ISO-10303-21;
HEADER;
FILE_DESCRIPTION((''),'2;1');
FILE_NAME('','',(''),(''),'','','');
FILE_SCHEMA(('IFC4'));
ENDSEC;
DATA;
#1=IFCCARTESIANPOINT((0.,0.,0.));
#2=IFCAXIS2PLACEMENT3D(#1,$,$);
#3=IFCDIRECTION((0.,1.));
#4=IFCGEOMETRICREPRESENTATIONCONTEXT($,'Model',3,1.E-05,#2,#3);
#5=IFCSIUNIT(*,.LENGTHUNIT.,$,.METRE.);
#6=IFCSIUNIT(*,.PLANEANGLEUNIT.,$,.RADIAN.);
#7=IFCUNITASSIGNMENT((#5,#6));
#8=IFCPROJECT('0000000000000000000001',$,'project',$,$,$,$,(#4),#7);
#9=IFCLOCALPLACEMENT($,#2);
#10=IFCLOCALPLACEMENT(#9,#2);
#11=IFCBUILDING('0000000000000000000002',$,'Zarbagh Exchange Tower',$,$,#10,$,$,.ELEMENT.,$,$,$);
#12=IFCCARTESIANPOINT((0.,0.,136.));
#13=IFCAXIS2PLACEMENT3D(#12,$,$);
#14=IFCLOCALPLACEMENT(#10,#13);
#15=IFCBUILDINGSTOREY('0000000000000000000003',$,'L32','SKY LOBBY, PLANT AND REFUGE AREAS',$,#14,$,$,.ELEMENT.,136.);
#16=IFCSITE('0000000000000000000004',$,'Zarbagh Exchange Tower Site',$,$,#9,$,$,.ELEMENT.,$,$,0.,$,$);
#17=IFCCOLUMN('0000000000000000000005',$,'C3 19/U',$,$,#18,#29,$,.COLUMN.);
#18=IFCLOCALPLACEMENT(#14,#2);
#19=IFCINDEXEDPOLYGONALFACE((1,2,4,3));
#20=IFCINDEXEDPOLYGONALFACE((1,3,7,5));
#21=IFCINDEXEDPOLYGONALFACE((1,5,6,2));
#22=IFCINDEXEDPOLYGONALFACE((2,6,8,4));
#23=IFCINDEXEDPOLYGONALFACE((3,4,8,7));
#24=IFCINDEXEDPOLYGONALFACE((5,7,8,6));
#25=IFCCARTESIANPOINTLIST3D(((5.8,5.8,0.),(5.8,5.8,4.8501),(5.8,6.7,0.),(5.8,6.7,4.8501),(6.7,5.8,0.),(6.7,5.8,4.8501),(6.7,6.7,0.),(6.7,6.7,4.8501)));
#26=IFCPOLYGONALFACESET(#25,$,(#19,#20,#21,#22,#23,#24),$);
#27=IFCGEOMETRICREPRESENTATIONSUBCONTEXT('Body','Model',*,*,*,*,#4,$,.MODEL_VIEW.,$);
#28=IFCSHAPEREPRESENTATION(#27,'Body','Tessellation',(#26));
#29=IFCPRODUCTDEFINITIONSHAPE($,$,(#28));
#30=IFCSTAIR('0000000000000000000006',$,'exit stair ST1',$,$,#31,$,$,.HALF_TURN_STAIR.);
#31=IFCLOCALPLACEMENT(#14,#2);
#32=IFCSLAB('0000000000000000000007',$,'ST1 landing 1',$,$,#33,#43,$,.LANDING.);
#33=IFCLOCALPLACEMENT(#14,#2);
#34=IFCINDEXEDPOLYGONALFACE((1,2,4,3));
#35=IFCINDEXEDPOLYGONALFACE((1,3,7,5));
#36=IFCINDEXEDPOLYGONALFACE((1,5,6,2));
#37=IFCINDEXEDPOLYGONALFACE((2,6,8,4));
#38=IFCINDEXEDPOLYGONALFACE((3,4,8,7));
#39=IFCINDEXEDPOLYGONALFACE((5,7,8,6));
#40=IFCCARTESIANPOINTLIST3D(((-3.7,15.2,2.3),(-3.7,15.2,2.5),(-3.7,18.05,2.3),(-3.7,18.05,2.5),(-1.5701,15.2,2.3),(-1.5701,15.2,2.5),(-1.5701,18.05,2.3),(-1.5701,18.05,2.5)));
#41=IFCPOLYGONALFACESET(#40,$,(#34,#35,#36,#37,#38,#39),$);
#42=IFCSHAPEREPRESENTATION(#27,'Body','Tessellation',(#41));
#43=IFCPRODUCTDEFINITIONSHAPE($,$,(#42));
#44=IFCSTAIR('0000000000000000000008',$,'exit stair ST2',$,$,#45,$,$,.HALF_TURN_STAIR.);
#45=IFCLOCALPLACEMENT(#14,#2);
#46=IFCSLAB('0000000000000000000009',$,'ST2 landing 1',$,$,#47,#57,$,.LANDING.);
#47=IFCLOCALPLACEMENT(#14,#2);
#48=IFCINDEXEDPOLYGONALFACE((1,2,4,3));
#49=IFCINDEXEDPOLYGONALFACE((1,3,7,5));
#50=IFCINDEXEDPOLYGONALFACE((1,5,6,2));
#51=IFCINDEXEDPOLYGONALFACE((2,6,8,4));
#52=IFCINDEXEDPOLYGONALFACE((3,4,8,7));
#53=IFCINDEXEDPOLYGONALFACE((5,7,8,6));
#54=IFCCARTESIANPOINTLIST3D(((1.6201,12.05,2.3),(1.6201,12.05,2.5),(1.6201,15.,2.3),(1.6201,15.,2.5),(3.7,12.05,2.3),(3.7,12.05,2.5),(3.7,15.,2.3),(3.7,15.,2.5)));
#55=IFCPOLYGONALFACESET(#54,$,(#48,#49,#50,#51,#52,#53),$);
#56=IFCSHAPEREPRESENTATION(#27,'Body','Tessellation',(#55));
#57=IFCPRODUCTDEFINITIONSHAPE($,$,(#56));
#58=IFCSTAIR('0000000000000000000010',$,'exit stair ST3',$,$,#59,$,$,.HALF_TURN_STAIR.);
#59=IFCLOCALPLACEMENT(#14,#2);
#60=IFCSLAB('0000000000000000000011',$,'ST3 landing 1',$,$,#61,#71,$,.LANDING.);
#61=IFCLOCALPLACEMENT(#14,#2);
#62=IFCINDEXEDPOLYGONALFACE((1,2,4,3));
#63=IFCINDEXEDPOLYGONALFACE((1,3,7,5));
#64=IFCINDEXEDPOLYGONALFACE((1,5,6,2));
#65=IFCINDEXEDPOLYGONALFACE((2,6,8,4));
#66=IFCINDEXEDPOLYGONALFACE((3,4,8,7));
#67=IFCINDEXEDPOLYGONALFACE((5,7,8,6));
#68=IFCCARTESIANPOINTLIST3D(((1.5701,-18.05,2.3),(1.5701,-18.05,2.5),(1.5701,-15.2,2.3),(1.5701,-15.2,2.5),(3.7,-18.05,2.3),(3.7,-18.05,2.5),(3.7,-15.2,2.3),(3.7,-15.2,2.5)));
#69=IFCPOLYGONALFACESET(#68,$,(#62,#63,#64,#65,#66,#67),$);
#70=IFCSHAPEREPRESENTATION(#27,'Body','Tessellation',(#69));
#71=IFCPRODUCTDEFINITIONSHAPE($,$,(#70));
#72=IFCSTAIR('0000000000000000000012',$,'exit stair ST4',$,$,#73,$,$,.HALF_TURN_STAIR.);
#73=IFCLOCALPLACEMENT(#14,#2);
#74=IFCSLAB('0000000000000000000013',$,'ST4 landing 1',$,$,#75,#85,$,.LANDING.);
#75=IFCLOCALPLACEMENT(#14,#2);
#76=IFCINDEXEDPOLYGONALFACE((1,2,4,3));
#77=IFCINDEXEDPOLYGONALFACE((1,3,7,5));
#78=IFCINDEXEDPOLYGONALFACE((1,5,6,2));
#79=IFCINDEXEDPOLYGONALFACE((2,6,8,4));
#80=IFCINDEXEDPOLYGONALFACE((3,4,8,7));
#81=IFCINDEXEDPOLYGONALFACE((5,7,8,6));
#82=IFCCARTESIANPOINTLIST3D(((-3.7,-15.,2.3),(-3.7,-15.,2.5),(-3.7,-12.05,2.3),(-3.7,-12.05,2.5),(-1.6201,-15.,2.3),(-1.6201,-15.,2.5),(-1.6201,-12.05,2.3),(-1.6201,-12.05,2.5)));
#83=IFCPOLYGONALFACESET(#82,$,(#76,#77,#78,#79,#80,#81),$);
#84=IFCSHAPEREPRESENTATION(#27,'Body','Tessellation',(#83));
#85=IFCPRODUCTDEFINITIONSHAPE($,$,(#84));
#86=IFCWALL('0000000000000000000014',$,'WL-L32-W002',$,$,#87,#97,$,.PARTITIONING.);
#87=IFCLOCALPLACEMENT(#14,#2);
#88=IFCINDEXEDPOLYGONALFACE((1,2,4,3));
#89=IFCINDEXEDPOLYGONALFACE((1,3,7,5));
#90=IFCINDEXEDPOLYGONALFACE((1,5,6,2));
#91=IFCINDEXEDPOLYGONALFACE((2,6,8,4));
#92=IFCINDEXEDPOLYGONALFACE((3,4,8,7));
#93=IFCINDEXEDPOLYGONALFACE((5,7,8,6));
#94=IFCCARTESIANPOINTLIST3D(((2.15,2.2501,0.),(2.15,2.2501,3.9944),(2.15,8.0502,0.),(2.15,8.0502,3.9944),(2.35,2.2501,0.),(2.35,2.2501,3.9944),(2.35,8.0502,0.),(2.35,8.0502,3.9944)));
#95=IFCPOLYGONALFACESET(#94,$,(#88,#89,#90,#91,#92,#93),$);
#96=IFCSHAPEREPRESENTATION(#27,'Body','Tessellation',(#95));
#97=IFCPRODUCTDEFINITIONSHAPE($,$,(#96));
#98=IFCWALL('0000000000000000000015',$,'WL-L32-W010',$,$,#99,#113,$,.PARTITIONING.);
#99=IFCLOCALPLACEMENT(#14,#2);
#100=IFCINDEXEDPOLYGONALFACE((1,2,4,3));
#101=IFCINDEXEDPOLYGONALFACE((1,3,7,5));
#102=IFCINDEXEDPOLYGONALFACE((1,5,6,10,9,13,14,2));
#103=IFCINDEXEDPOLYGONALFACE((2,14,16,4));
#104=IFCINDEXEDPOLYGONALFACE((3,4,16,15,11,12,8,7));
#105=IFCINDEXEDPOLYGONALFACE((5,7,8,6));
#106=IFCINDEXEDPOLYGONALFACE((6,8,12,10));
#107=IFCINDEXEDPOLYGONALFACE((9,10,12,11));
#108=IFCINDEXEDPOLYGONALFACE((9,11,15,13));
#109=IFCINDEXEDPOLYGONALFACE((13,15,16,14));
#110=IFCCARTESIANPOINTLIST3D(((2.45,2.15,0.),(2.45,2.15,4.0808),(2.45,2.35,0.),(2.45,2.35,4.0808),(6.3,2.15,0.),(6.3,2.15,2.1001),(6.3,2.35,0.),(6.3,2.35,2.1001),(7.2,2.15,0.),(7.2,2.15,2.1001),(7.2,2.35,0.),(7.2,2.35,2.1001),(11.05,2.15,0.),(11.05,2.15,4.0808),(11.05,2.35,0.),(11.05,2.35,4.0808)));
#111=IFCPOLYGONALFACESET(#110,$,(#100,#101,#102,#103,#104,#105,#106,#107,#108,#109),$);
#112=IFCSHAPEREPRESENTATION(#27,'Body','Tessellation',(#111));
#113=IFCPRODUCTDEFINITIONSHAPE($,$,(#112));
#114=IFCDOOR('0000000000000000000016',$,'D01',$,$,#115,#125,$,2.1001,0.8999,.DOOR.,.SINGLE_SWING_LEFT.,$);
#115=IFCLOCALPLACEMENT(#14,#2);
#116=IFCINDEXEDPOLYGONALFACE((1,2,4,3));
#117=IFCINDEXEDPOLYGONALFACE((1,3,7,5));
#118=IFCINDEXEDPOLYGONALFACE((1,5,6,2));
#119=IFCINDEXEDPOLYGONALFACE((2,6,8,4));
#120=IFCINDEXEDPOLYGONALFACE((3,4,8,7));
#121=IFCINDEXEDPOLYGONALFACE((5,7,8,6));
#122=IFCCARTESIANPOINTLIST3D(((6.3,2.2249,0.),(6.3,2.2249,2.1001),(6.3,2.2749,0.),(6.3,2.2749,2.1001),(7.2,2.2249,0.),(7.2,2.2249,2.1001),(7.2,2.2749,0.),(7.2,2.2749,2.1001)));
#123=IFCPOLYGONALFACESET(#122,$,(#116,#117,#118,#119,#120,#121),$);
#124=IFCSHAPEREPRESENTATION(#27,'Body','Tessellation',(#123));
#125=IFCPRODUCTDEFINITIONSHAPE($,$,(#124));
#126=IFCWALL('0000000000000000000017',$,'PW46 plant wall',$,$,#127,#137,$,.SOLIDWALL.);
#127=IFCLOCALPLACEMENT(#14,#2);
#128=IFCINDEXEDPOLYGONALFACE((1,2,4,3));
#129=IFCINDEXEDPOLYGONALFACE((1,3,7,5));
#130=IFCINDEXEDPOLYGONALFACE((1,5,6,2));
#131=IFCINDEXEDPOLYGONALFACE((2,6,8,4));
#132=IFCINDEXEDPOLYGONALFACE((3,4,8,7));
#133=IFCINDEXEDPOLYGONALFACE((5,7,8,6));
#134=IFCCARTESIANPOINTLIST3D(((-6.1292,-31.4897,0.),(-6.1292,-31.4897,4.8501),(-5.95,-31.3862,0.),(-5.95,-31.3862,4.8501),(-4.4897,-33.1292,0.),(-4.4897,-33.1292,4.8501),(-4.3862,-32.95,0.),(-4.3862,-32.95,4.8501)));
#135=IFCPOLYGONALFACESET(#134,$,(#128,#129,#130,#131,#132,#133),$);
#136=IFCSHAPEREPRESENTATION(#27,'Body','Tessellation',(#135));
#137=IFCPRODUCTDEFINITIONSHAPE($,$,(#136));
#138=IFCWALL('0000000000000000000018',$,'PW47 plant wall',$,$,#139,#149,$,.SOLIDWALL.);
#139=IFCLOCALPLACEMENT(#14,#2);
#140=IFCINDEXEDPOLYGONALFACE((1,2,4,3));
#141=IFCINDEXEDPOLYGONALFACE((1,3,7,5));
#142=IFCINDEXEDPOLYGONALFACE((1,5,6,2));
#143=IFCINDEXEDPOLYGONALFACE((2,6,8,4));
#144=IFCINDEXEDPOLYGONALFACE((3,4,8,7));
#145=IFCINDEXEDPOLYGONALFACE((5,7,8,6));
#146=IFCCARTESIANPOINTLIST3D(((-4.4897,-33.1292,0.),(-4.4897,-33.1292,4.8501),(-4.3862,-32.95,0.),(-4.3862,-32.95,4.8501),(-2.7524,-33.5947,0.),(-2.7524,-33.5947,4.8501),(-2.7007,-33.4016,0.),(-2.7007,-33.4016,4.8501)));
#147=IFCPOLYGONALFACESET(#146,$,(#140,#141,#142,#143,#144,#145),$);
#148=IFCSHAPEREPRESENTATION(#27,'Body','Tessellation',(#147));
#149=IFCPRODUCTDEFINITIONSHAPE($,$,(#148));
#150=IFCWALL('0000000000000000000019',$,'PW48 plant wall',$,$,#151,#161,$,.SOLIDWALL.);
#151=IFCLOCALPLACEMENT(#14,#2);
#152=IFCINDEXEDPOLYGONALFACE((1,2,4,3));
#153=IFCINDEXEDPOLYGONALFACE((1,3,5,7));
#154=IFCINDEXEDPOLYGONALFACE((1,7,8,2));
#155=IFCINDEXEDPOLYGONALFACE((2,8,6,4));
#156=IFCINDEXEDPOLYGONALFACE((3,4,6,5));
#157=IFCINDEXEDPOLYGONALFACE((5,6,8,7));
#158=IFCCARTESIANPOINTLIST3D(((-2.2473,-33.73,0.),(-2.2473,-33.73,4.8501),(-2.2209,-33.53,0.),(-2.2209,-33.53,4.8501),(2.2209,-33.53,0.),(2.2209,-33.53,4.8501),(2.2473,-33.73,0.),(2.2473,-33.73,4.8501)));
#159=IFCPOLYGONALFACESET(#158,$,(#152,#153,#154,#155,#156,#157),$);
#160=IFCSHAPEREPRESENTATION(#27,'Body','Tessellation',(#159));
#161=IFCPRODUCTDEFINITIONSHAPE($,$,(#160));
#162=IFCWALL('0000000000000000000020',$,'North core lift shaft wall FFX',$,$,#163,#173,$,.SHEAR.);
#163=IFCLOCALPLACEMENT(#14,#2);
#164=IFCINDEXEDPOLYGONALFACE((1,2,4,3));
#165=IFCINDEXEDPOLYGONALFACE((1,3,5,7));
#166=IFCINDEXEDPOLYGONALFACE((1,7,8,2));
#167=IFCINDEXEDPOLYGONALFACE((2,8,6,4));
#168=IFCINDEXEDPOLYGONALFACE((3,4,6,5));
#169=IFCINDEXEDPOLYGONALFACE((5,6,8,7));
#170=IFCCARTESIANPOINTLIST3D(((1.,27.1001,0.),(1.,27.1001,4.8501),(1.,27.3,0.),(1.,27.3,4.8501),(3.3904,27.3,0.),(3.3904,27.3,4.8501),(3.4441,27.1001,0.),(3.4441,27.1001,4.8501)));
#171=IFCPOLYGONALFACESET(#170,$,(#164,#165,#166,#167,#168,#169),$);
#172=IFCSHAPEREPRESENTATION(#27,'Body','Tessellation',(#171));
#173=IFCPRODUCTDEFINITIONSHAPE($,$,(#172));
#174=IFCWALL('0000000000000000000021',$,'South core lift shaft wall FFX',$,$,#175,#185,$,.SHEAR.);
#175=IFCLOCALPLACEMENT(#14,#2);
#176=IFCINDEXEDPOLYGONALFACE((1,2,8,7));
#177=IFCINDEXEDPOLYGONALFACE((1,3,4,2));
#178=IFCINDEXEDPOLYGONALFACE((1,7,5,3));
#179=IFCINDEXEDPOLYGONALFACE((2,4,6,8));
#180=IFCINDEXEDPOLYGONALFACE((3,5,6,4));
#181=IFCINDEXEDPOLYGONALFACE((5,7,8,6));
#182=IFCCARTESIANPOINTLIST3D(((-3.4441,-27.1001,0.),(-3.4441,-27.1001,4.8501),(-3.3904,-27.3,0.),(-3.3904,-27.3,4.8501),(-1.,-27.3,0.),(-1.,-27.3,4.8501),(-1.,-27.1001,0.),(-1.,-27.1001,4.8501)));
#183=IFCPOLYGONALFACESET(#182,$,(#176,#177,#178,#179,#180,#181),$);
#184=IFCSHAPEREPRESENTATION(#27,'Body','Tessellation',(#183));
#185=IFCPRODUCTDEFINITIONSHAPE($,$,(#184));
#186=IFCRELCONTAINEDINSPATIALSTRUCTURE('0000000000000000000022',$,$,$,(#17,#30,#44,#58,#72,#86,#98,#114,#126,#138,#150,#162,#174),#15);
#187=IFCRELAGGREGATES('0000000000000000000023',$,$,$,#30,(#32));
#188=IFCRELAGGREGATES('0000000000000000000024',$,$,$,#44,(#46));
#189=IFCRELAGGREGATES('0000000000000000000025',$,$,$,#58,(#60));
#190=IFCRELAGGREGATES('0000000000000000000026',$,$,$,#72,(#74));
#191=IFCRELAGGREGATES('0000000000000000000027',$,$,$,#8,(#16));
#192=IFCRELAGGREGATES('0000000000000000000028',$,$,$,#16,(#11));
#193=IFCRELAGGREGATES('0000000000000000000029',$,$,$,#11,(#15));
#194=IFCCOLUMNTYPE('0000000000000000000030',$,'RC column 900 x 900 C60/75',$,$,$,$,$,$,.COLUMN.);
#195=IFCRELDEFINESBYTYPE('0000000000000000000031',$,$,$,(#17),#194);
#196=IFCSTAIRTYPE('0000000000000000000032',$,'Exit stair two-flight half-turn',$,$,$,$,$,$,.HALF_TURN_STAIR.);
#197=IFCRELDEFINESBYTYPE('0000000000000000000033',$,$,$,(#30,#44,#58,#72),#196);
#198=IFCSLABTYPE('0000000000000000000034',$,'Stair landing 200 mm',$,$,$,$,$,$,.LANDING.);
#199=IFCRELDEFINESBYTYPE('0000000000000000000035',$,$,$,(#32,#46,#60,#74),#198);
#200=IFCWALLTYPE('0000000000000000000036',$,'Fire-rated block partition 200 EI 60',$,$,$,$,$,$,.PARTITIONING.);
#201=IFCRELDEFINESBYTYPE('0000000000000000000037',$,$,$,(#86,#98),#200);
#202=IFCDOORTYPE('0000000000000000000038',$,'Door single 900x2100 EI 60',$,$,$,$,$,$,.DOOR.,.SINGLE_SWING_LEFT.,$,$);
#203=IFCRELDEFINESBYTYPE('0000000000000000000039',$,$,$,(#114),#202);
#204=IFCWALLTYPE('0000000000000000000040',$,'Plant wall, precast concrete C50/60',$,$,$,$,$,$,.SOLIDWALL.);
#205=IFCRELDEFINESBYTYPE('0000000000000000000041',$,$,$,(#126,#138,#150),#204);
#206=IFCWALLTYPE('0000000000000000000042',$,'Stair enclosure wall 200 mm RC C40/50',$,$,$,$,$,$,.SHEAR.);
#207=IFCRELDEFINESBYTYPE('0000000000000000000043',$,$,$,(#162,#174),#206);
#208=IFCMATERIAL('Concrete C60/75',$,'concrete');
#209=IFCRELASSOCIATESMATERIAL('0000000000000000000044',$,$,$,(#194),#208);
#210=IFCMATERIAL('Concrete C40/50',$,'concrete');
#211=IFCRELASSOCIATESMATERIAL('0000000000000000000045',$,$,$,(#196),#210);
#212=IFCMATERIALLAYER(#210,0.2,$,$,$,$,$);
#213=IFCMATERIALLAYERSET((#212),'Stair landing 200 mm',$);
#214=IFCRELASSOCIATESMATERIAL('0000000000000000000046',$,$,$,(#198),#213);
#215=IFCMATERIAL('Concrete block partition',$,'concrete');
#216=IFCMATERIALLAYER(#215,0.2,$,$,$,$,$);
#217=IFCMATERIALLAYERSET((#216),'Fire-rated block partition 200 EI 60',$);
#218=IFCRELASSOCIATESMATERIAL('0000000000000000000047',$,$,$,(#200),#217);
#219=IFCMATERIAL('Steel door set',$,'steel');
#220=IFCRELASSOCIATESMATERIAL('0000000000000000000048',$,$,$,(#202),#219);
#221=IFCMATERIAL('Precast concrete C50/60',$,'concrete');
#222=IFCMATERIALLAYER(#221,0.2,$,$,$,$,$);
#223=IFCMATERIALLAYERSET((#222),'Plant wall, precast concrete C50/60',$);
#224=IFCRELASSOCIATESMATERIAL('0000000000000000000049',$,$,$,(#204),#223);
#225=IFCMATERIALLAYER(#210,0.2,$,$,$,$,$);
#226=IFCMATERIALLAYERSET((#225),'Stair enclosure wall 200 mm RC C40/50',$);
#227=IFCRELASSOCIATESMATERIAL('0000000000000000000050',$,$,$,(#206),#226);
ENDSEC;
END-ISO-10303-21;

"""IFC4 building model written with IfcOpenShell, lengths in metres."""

from ifc_helpers import new_model, si_unit, direction, frame, frame_2d, origin, origin_2d, place, context, subcontext, project, spatial, polyline, rectangle, outline, extrude, material, layer, layer_set, material_profile, profile_set, type_object, element, fill, aggregate, save


model = new_model("IFC4")

# Units and contexts
model_context = context("Model", 3, precision=1e-05, world=origin(), true_north=direction((0.0, 1.0)))
body_context = subcontext(model_context, "Body", "Model", "MODEL_VIEW")
ifc_project = project(units=[si_unit("LENGTHUNIT", "METRE"), si_unit("PLANEANGLEUNIT", "RADIAN")], contexts=[model_context])

# Site, building, storey
site_placement = place(None, origin())
site = spatial("IfcSite", under=ifc_project, at=site_placement, Name="Zarbagh Exchange Tower Site", CompositionType="ELEMENT", RefElevation=0.0)
building_placement = place(site_placement, origin())
building = spatial("IfcBuilding", under=site, at=building_placement, Name="Zarbagh Exchange Tower", CompositionType="ELEMENT")
storey_placement = place(building_placement, frame((0.0, 0.0, 136.0)))
storey = spatial("IfcBuildingStorey", under=building, at=storey_placement, Name="L32", Description="SKY LOBBY, PLANT AND REFUGE AREAS", CompositionType="ELEMENT", Elevation=136.0)

# Column
ifc_material_1 = material(Name="Concrete C60/75", Category="concrete")
ifc_material_profile = material_profile(ifc_material_1, rectangle(XDim=0.8999, YDim=0.8999, at=origin_2d()), Name="RC column 900 x 900 C60/75")
ifc_profile_set = profile_set([ifc_material_profile], Name="Concrete C60/75")
column_type = type_object("IfcColumnType", Name="RC column 900 x 900 C60/75", PredefinedType="COLUMN", material=ifc_profile_set)
column_placement = place(storey_placement, frame((6.25, 6.25, 0.0), z_axis=(0.0, 0.0, 1.0), x_axis=(1.0, 0.0, 0.0)))
element("IfcColumn", 1, at=column_placement, inside=storey, type_object=column_type, Name="C3 19/U", PredefinedType="COLUMN", context=body_context, shape_type="SweptSolid", body=[
    extrude(rectangle(XDim=0.8999, YDim=0.8999, at=origin_2d()), origin(), (0.0, 0.0, 1.0), 4.8501),
])

# Stairs, slabs
ifc_material_2 = material(Name="Concrete C40/50", Category="concrete")
stair_type = type_object("IfcStairType", Name="Exit stair two-flight half-turn", PredefinedType="HALF_TURN_STAIR", material=ifc_material_2)
stair_1_placement = place(storey_placement, origin())
stair_1 = element("IfcStair", 2, at=stair_1_placement, inside=storey, type_object=stair_type, Name="exit stair ST1", PredefinedType="HALF_TURN_STAIR")
ifc_layer_1 = layer(ifc_material_2, 0.2)
ifc_layer_set_1 = layer_set([ifc_layer_1], Name="Stair landing 200 mm")
slab_type = type_object("IfcSlabType", Name="Stair landing 200 mm", PredefinedType="LANDING", material=ifc_layer_set_1)
slab_1_placement = place(storey_placement, frame((0.0, 0.0, 2.3)))
slab_1 = element("IfcSlab", 3, at=slab_1_placement, type_object=slab_type, Name="ST1 landing 1", PredefinedType="LANDING", context=body_context, shape_type="SweptSolid", body=[
    extrude(outline(polyline([(-1.5701, 18.05), (-3.7, 18.05), (-3.7, 15.2), (-1.5701, 15.2), (-1.5701, 18.05)])), origin(), (0.0, 0.0, 1.0), 0.2),
])
aggregate(stair_1, [slab_1])
stair_2_placement = place(storey_placement, origin())
stair_2 = element("IfcStair", 4, at=stair_2_placement, inside=storey, type_object=stair_type, Name="exit stair ST2", PredefinedType="HALF_TURN_STAIR")
slab_2_placement = place(storey_placement, frame((0.0, 0.0, 2.3)))
slab_2 = element("IfcSlab", 5, at=slab_2_placement, type_object=slab_type, Name="ST2 landing 1", PredefinedType="LANDING", context=body_context, shape_type="SweptSolid", body=[
    extrude(outline(polyline([(1.6201, 12.05), (3.7, 12.05), (3.7, 15.0), (1.6201, 15.0), (1.6201, 12.05)])), origin(), (0.0, 0.0, 1.0), 0.2),
])
aggregate(stair_2, [slab_2])
stair_3_placement = place(storey_placement, origin())
stair_3 = element("IfcStair", 6, at=stair_3_placement, inside=storey, type_object=stair_type, Name="exit stair ST3", PredefinedType="HALF_TURN_STAIR")
slab_3_placement = place(storey_placement, frame((0.0, 0.0, 2.3)))
slab_3 = element("IfcSlab", 7, at=slab_3_placement, type_object=slab_type, Name="ST3 landing 1", PredefinedType="LANDING", context=body_context, shape_type="SweptSolid", body=[
    extrude(outline(polyline([(1.5701, -18.05), (3.7, -18.05), (3.7, -15.2), (1.5701, -15.2), (1.5701, -18.05)])), origin(), (0.0, 0.0, 1.0), 0.2),
])
aggregate(stair_3, [slab_3])
stair_4_placement = place(storey_placement, origin())
stair_4 = element("IfcStair", 8, at=stair_4_placement, inside=storey, type_object=stair_type, Name="exit stair ST4", PredefinedType="HALF_TURN_STAIR")
slab_4_placement = place(storey_placement, frame((0.0, 0.0, 2.3)))
slab_4 = element("IfcSlab", 9, at=slab_4_placement, type_object=slab_type, Name="ST4 landing 1", PredefinedType="LANDING", context=body_context, shape_type="SweptSolid", body=[
    extrude(outline(polyline([(-1.6201, -12.05), (-3.7, -12.05), (-3.7, -15.0), (-1.6201, -15.0), (-1.6201, -12.05)])), origin(), (0.0, 0.0, 1.0), 0.2),
])
aggregate(stair_4, [slab_4])

# Wall
ifc_material_3 = material(Name="Concrete block partition", Category="concrete")
ifc_layer_2 = layer(ifc_material_3, 0.2)
ifc_layer_set_2 = layer_set([ifc_layer_2], Name="Fire-rated block partition 200 EI 60")
wall_type_1 = type_object("IfcWallType", Name="Fire-rated block partition 200 EI 60", PredefinedType="PARTITIONING", material=ifc_layer_set_2)
wall_1_placement = place(storey_placement, frame((2.25, 8.05, 0.0), z_axis=(0.0, 0.0, 1.0), x_axis=(0.0, -1.0, 0.0)))
element("IfcWall", 10, at=wall_1_placement, inside=storey, type_object=wall_type_1, Name="WL-L32-W002", PredefinedType="PARTITIONING", context=body_context, shape_type="SweptSolid", body=[
    extrude(rectangle(XDim=5.8, YDim=0.2, at=frame_2d((2.8999, 0.0))), origin(), (0.0, 0.0, 1.0), 3.9944),
])

# Wall, opening, door
wall_2_placement = place(storey_placement, frame((2.45, 2.25, 0.0), z_axis=(0.0, 0.0, 1.0), x_axis=(1.0, 0.0, 0.0)))
wall_2 = element("IfcWall", 11, at=wall_2_placement, inside=storey, type_object=wall_type_1, Name="WL-L32-W010", PredefinedType="PARTITIONING", context=body_context, shape_type="SweptSolid", body=[
    extrude(rectangle(XDim=8.6001, YDim=0.2, at=frame_2d((4.3, 0.0))), origin(), (0.0, 0.0, 1.0), 4.0808),
])
opening_placement = place(wall_2_placement, frame((3.8501, 0.0, 0.0)))
opening = element("IfcOpeningElement", 12, at=opening_placement, cuts=wall_2, PredefinedType="OPENING", context=body_context, shape_type="SweptSolid", body=[
    extrude(rectangle(XDim=0.8999, YDim=2.1001, at=frame_2d((0.45, 1.05))), frame((0.0, 0.1099, 0.0), z_axis=(0.0, -1.0, 0.0), x_axis=(1.0, 0.0, 0.0)), (0.0, 0.0, 1.0), 0.22),
])
ifc_material_4 = material(Name="Steel door set", Category="steel")
door_type = type_object("IfcDoorType", Name="Door single 900x2100 EI 60", OperationType="SINGLE_SWING_LEFT", PredefinedType="DOOR", material=ifc_material_4)
door_placement = place(opening_placement, origin())
door = element("IfcDoor", 13, at=door_placement, inside=storey, type_object=door_type, Name="D01", OperationType="SINGLE_SWING_LEFT", OverallHeight=2.1001, OverallWidth=0.8999, PredefinedType="DOOR", context=body_context, shape_type="SweptSolid", body=[
    extrude(rectangle(XDim=0.8999, YDim=2.1001, at=frame_2d((0.45, 1.05))), frame((0.0, 0.0249, 0.0), z_axis=(0.0, -1.0, 0.0), x_axis=(1.0, 0.0, 0.0)), (0.0, 0.0, 1.0), 0.05),
])
fill(opening, door)

# Walls
ifc_material_5 = material(Name="Precast concrete C50/60", Category="concrete")
ifc_layer_3 = layer(ifc_material_5, 0.2)
ifc_layer_set_3 = layer_set([ifc_layer_3], Name="Plant wall, precast concrete C50/60")
wall_type_2 = type_object("IfcWallType", Name="Plant wall, precast concrete C50/60", PredefinedType="SOLIDWALL", material=ifc_layer_set_3)
wall_3_placement = place(storey_placement, origin())
element("IfcWall", 14, at=wall_3_placement, inside=storey, type_object=wall_type_2, Name="PW46 plant wall", PredefinedType="SOLIDWALL", context=body_context, shape_type="SweptSolid", body=[
    extrude(outline(polyline([(-6.1292, -31.4897), (-4.4897, -33.1292), (-4.3862, -32.95), (-5.95, -31.3862), (-6.1292, -31.4897)])), origin(), (0.0, 0.0, 1.0), 4.8501),
])
wall_4_placement = place(storey_placement, origin())
element("IfcWall", 15, at=wall_4_placement, inside=storey, type_object=wall_type_2, Name="PW47 plant wall", PredefinedType="SOLIDWALL", context=body_context, shape_type="SweptSolid", body=[
    extrude(outline(polyline([(-4.4897, -33.1292), (-2.7524, -33.5947), (-2.7007, -33.4016), (-4.3862, -32.95), (-4.4897, -33.1292)])), origin(), (0.0, 0.0, 1.0), 4.8501),
])
wall_5_placement = place(storey_placement, origin())
element("IfcWall", 16, at=wall_5_placement, inside=storey, type_object=wall_type_2, Name="PW48 plant wall", PredefinedType="SOLIDWALL", context=body_context, shape_type="SweptSolid", body=[
    extrude(outline(polyline([(-2.2473, -33.73), (2.2473, -33.73), (2.2209, -33.53), (-2.2209, -33.53), (-2.2473, -33.73)])), origin(), (0.0, 0.0, 1.0), 4.8501),
])
ifc_layer_4 = layer(ifc_material_2, 0.2)
ifc_layer_set_4 = layer_set([ifc_layer_4], Name="Stair enclosure wall 200 mm RC C40/50")
wall_type_3 = type_object("IfcWallType", Name="Stair enclosure wall 200 mm RC C40/50", PredefinedType="SHEAR", material=ifc_layer_set_4)
wall_6_placement = place(storey_placement, origin())
element("IfcWall", 17, at=wall_6_placement, inside=storey, type_object=wall_type_3, Name="North core lift shaft wall FFX", PredefinedType="SHEAR", context=body_context, shape_type="SweptSolid", body=[
    extrude(outline(polyline([(1.0, 27.1001), (3.4441, 27.1001), (3.3904, 27.3), (1.0, 27.3), (1.0, 27.1001)])), origin(), (0.0, 0.0, 1.0), 4.8501),
])
wall_7_placement = place(storey_placement, origin())
element("IfcWall", 18, at=wall_7_placement, inside=storey, type_object=wall_type_3, Name="South core lift shaft wall FFX", PredefinedType="SHEAR", context=body_context, shape_type="SweptSolid", body=[
    extrude(outline(polyline([(-1.0, -27.1001), (-3.4441, -27.1001), (-3.3904, -27.3), (-1.0, -27.3), (-1.0, -27.1001)])), origin(), (0.0, 0.0, 1.0), 4.8501),
])

save(model, "model.ifc")
